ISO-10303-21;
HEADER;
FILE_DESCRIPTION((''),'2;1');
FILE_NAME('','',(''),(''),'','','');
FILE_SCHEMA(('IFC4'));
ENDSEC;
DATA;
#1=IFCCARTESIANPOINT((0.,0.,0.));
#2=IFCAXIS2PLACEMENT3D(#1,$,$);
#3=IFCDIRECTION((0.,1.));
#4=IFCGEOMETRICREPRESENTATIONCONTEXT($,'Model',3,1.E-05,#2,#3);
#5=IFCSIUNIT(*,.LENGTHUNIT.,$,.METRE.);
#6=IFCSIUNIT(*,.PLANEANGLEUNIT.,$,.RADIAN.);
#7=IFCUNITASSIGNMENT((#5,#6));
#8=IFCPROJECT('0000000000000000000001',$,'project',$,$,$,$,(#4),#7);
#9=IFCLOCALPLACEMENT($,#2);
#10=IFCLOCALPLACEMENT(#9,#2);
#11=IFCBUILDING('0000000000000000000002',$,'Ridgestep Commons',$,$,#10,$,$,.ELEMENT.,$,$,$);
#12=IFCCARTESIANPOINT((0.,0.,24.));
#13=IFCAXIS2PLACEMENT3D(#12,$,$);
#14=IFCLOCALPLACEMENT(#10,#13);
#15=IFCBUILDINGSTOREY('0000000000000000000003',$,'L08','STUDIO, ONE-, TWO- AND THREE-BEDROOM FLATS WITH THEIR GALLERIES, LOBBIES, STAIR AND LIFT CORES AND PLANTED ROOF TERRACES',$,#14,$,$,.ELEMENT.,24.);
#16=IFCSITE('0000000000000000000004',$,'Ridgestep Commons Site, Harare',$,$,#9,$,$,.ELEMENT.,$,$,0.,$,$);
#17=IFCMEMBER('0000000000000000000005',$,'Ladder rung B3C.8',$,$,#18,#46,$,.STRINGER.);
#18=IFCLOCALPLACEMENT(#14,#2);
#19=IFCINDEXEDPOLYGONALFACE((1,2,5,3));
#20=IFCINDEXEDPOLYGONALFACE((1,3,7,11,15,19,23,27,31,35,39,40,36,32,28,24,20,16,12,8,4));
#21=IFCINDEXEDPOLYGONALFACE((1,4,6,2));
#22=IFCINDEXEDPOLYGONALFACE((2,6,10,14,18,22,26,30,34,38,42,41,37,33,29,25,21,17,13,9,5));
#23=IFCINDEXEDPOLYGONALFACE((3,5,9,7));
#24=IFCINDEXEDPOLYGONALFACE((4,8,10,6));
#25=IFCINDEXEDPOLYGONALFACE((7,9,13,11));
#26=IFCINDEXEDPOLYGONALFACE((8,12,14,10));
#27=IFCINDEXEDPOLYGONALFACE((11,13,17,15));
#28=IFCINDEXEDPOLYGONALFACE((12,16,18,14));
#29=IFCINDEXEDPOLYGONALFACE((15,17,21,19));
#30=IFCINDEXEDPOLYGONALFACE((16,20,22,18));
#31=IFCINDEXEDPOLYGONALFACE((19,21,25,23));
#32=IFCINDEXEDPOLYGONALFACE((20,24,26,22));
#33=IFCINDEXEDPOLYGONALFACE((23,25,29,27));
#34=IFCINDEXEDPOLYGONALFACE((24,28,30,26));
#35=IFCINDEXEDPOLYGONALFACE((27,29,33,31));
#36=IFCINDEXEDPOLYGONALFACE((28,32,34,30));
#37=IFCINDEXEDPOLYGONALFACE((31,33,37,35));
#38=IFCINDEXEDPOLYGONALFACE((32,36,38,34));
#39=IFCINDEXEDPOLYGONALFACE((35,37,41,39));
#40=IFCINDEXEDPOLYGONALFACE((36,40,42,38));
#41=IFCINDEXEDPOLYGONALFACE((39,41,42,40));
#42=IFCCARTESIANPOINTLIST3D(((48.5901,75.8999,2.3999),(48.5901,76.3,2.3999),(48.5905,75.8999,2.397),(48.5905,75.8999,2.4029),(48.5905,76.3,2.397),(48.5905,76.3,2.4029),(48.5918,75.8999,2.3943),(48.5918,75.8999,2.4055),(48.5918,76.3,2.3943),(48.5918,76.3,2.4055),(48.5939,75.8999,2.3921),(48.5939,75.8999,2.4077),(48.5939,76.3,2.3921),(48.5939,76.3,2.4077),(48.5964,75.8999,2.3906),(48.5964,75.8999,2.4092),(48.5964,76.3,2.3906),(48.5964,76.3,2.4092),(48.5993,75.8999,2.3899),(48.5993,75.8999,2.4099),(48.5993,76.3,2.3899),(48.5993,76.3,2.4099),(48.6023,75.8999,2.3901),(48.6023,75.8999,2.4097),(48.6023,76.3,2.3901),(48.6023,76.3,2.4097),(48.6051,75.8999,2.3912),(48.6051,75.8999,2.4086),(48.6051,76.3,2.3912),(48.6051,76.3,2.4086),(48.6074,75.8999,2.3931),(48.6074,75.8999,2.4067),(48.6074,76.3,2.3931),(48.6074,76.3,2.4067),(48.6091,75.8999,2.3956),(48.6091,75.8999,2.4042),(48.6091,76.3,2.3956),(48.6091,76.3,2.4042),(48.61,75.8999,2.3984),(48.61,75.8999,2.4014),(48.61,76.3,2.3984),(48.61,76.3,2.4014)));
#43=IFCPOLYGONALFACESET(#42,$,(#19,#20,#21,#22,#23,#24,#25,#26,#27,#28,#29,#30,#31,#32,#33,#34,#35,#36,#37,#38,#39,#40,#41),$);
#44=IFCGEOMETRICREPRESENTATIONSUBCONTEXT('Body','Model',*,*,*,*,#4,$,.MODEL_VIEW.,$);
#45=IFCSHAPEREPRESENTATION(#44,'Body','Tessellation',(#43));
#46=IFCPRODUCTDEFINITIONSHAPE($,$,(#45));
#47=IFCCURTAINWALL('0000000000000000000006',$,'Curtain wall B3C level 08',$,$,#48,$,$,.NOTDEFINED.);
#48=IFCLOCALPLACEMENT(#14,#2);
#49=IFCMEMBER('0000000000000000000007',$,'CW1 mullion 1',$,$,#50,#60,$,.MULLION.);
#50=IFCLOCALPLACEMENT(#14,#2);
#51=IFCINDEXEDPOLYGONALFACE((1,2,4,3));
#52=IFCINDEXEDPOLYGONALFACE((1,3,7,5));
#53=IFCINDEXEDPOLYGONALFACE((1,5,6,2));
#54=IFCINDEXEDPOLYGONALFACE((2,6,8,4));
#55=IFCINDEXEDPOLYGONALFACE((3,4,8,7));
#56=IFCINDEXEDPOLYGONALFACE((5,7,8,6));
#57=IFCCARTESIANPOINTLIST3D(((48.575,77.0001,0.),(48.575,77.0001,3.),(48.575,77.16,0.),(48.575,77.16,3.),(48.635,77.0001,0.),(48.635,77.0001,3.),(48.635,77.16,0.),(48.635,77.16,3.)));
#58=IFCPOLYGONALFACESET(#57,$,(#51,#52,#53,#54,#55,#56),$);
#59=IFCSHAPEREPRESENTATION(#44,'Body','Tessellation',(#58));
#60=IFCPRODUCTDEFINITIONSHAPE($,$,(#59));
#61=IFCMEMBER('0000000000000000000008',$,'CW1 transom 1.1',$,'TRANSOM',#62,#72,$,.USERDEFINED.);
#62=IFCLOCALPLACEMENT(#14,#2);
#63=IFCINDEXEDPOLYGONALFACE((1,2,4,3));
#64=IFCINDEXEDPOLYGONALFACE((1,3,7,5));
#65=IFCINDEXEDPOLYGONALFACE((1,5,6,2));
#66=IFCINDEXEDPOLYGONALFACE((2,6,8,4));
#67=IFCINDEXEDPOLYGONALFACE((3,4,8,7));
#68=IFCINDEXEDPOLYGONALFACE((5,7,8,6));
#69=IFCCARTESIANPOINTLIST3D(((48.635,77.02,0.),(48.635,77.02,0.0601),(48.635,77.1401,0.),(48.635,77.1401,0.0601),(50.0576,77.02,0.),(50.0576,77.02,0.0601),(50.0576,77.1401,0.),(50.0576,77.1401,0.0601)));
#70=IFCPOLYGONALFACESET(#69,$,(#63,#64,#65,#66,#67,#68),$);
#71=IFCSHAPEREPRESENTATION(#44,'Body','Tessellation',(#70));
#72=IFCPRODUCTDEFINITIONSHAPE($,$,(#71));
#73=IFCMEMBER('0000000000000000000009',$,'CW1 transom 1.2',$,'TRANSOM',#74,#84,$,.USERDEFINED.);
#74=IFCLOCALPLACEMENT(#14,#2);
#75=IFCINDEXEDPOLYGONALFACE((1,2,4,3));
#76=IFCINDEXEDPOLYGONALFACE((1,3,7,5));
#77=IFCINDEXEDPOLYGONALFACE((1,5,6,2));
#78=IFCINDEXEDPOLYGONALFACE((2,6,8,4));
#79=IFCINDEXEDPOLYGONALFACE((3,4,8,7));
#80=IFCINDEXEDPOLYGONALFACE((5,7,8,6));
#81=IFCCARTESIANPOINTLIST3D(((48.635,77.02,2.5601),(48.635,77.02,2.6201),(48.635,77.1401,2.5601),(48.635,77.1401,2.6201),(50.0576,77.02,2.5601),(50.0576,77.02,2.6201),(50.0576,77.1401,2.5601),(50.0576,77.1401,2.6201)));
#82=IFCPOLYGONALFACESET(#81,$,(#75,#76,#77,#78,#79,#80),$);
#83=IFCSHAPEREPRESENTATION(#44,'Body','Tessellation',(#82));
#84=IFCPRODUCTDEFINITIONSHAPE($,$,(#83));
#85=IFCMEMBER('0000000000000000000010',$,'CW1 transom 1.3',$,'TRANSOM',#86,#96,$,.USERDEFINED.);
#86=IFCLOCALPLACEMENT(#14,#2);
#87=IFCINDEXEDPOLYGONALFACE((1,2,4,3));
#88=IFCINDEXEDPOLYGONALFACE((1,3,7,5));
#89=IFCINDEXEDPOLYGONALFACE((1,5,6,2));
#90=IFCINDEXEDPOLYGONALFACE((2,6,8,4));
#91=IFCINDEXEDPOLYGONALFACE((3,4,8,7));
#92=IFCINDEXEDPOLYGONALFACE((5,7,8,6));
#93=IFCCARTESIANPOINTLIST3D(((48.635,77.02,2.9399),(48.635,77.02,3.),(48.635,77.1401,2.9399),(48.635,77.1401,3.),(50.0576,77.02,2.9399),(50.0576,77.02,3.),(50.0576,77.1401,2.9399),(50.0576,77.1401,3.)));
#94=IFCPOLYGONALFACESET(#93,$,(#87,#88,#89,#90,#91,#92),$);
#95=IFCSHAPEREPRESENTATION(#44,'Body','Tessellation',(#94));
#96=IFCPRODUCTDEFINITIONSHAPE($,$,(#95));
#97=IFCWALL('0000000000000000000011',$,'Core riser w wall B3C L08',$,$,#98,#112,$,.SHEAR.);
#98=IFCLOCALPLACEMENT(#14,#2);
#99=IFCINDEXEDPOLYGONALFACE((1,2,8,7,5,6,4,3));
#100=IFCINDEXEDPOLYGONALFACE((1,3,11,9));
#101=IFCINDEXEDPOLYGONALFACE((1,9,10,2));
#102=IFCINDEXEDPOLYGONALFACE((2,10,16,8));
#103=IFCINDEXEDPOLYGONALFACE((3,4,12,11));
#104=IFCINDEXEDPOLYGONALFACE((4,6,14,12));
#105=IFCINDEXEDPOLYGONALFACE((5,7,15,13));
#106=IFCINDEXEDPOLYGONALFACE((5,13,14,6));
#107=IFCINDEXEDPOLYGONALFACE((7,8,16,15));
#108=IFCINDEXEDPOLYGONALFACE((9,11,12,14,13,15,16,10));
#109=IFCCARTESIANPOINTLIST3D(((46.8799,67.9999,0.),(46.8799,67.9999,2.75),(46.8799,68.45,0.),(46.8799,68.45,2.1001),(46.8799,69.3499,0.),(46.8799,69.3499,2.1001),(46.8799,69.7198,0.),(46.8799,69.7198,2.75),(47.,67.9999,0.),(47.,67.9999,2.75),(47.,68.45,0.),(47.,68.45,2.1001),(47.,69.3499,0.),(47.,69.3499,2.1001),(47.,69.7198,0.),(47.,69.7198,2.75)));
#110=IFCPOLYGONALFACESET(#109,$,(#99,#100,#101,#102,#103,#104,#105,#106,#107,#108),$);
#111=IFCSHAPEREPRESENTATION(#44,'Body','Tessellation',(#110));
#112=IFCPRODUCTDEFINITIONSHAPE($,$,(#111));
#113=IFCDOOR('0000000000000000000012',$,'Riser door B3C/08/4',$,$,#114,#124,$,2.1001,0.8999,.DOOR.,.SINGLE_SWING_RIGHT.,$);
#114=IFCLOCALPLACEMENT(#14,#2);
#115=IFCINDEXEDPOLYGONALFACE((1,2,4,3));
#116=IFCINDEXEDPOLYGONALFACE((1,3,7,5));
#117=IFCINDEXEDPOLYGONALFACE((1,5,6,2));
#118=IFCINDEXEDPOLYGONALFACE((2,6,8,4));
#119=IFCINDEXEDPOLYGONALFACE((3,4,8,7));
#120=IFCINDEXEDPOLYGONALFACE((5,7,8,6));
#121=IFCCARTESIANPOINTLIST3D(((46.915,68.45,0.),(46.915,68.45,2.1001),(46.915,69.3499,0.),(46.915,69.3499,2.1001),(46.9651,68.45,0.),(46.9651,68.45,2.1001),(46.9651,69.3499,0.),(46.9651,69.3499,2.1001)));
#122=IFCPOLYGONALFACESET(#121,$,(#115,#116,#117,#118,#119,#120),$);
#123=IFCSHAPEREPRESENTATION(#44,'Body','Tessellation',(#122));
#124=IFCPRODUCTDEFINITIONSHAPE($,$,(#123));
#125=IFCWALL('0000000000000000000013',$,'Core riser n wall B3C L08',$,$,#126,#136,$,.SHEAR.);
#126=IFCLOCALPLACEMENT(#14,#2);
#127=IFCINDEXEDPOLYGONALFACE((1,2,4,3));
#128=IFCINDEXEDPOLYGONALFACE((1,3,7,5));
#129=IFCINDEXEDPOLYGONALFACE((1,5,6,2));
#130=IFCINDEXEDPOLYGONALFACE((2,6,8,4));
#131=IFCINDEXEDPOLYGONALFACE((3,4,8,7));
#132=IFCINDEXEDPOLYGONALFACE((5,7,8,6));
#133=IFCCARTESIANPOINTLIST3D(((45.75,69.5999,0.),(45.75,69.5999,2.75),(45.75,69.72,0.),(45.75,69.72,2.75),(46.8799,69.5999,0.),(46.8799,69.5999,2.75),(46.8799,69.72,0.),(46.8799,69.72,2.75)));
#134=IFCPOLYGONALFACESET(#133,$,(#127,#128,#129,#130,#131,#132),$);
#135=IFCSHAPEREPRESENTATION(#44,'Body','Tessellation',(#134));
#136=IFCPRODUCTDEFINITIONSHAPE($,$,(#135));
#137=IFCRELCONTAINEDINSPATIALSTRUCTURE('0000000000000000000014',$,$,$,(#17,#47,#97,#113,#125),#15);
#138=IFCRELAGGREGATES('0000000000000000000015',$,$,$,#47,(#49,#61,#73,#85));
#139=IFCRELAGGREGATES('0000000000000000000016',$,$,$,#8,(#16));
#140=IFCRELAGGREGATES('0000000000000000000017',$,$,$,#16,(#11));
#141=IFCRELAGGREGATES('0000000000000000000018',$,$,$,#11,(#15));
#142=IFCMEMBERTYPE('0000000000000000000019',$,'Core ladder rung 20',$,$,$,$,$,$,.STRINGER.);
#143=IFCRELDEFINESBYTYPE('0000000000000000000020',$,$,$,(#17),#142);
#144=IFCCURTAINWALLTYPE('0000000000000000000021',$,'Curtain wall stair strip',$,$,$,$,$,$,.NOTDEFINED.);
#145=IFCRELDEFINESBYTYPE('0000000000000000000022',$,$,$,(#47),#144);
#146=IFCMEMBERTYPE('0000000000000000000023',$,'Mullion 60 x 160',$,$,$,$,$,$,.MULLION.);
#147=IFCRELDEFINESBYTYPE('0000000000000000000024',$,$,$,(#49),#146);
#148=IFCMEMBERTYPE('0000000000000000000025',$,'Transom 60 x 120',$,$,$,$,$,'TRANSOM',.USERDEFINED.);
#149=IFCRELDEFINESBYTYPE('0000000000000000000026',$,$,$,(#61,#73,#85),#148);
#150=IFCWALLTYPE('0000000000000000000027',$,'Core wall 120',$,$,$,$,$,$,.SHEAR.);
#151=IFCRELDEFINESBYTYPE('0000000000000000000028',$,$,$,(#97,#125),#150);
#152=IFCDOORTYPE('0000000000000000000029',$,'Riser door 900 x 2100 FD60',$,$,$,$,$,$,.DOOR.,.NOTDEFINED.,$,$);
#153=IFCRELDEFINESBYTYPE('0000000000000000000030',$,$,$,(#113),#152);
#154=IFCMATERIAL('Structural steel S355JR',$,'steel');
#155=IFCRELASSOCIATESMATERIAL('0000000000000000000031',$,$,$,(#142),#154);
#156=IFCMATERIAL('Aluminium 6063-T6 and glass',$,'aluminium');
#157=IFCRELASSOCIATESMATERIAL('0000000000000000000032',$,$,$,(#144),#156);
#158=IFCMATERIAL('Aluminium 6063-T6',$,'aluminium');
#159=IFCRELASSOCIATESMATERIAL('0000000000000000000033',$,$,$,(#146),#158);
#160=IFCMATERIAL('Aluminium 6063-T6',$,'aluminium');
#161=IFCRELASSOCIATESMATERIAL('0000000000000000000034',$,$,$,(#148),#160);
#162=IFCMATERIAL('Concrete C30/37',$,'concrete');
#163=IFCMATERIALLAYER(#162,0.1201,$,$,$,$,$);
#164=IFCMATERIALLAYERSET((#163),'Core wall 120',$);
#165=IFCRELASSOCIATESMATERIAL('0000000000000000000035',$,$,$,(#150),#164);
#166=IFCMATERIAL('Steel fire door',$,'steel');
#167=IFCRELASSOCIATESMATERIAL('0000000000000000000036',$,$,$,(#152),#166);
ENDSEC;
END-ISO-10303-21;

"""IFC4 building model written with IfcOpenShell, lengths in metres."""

from ifc_helpers import new_model, si_unit, direction, frame, frame_2d, origin, origin_2d, place, context, subcontext, project, spatial, rectangle, circle, extrude, material, layer, layer_set, material_profile, profile_set, type_object, element, fill, aggregate, save


model = new_model("IFC4")

# Units and contexts
model_context = context("Model", 3, precision=1e-05, world=origin(), true_north=direction((0.0, 1.0)))
body_context = subcontext(model_context, "Body", "Model", "MODEL_VIEW")
ifc_project = project(units=[si_unit("LENGTHUNIT", "METRE"), si_unit("PLANEANGLEUNIT", "RADIAN")], contexts=[model_context])

# Site, building, storey
site_placement = place(None, origin())
site = spatial("IfcSite", under=ifc_project, at=site_placement, Name="Ridgestep Commons Site, Harare", CompositionType="ELEMENT", RefElevation=0.0)
building_placement = place(site_placement, origin())
building = spatial("IfcBuilding", under=site, at=building_placement, Name="Ridgestep Commons", CompositionType="ELEMENT")
storey_placement = place(building_placement, frame((0.0, 0.0, 24.0)))
storey = spatial("IfcBuildingStorey", under=building, at=storey_placement, Name="L08", Description="STUDIO, ONE-, TWO- AND THREE-BEDROOM FLATS WITH THEIR GALLERIES, LOBBIES, STAIR AND LIFT CORES AND PLANTED ROOF TERRACES", CompositionType="ELEMENT", Elevation=24.0)

# Member
ifc_material_1 = material(Name="Structural steel S355JR", Category="steel")
ifc_material_profile_1 = material_profile(ifc_material_1, circle(Radius=0.01, at=origin_2d()), Name="Round bar 20")
ifc_profile_set_1 = profile_set([ifc_material_profile_1], Name="Structural steel S355JR")
member_type_1 = type_object("IfcMemberType", Name="Core ladder rung 20", PredefinedType="STRINGER", material=ifc_profile_set_1)
for number, where, z_axis, x_axis, name in (
    (1, (48.6001, 75.8999, 2.3999), (0.0, 1.0, 0.0), (-1.0, 0.0, 0.0), "Ladder rung B3C.8"),
):
    element("IfcMember", number, at=place(storey_placement, frame(where, z_axis=z_axis, x_axis=x_axis)), inside=storey, type_object=member_type_1, Name=name, PredefinedType="STRINGER", context=body_context, shape_type="SweptSolid", body=[
        extrude(circle(Radius=0.01, at=origin_2d()), origin(), (0.0, 0.0, 1.0), 0.4001),
    ])

# Curtain wall, members
ifc_material_2 = material(Name="Aluminium 6063-T6 and glass", Category="aluminium")
curtain_wall_type = type_object("IfcCurtainWallType", Name="Curtain wall stair strip", PredefinedType="NOTDEFINED", material=ifc_material_2)
curtain_wall_placement = place(storey_placement, origin())
curtain_wall = element("IfcCurtainWall", 2, at=curtain_wall_placement, inside=storey, type_object=curtain_wall_type, Name="Curtain wall B3C level 08", PredefinedType="NOTDEFINED")
ifc_material_3 = material(Name="Aluminium 6063-T6", Category="aluminium")
ifc_material_profile_2 = material_profile(ifc_material_3, rectangle(XDim=0.1599, YDim=0.0601, at=origin_2d()), Name="Mullion 60 x 160")
ifc_profile_set_2 = profile_set([ifc_material_profile_2], Name="Aluminium 6063-T6")
member_type_2 = type_object("IfcMemberType", Name="Mullion 60 x 160", PredefinedType="MULLION", material=ifc_profile_set_2)
member_1_placement = place(storey_placement, frame((48.605, 77.0801, 0.0), z_axis=(0.0, 0.0, 1.0), x_axis=(0.0, 1.0, 0.0)))
member_1 = element("IfcMember", 3, at=member_1_placement, type_object=member_type_2, Name="CW1 mullion 1", PredefinedType="MULLION", context=body_context, shape_type="SweptSolid", body=[
    extrude(rectangle(XDim=0.1599, YDim=0.0601, at=origin_2d()), origin(), (0.0, 0.0, 1.0), 3.0),
])
ifc_material_4 = material(Name="Aluminium 6063-T6", Category="aluminium")
ifc_material_profile_3 = material_profile(ifc_material_4, rectangle(XDim=0.1201, YDim=0.0601, at=origin_2d()), Name="Transom 60 x 120")
ifc_profile_set_3 = profile_set([ifc_material_profile_3], Name="Aluminium 6063-T6")
member_type_3 = type_object("IfcMemberType", Name="Transom 60 x 120", ElementType="TRANSOM", PredefinedType="USERDEFINED", material=ifc_profile_set_3)
member_2_placement = place(storey_placement, frame((48.635, 77.0801, 0.03), z_axis=(1.0, 0.0, 0.0), x_axis=(0.0, 1.0, 0.0)))
member_2 = element("IfcMember", 4, at=member_2_placement, type_object=member_type_3, Name="CW1 transom 1.1", ObjectType="TRANSOM", PredefinedType="USERDEFINED", context=body_context, shape_type="SweptSolid", body=[
    extrude(rectangle(XDim=0.1201, YDim=0.0601, at=origin_2d()), origin(), (0.0, 0.0, 1.0), 1.4226),
])
member_3_placement = place(storey_placement, frame((48.635, 77.0801, 2.5901), z_axis=(1.0, 0.0, 0.0), x_axis=(0.0, 1.0, 0.0)))
member_3 = element("IfcMember", 5, at=member_3_placement, type_object=member_type_3, Name="CW1 transom 1.2", ObjectType="TRANSOM", PredefinedType="USERDEFINED", context=body_context, shape_type="SweptSolid", body=[
    extrude(rectangle(XDim=0.1201, YDim=0.0601, at=origin_2d()), origin(), (0.0, 0.0, 1.0), 1.4226),
])
member_4_placement = place(storey_placement, frame((48.635, 77.0801, 2.97), z_axis=(1.0, 0.0, 0.0), x_axis=(0.0, 1.0, 0.0)))
member_4 = element("IfcMember", 6, at=member_4_placement, type_object=member_type_3, Name="CW1 transom 1.3", ObjectType="TRANSOM", PredefinedType="USERDEFINED", context=body_context, shape_type="SweptSolid", body=[
    extrude(rectangle(XDim=0.1201, YDim=0.0601, at=origin_2d()), origin(), (0.0, 0.0, 1.0), 1.4226),
])
aggregate(curtain_wall, [member_1, member_2, member_3, member_4])

# Wall, opening, door
ifc_material_5 = material(Name="Concrete C30/37", Category="concrete")
ifc_layer_1 = layer(ifc_material_5, 0.1201)
ifc_layer_set_1 = layer_set([ifc_layer_1], Name="Core wall 120")
wall_type_1 = type_object("IfcWallType", Name="Core wall 120", PredefinedType="SHEAR", material=ifc_layer_set_1)
wall_1_placement = place(storey_placement, frame((46.9399, 68.0, 0.0), z_axis=(0.0, 0.0, 1.0), x_axis=(0.0, 1.0, 0.0)))
wall_1 = element("IfcWall", 7, at=wall_1_placement, inside=storey, type_object=wall_type_1, Name="Core riser w wall B3C L08", PredefinedType="SHEAR", context=body_context, shape_type="SweptSolid", body=[
    extrude(rectangle(XDim=1.72, YDim=0.1201, at=frame_2d((0.8599, 0.0))), origin(), (0.0, 0.0, 1.0), 2.75),
])
opening_1_placement = place(wall_1_placement, frame((0.45, 0.0, 0.0)))
opening_1 = element("IfcOpeningElement", 8, at=opening_1_placement, cuts=wall_1, PredefinedType="OPENING", context=body_context, shape_type="SweptSolid", body=[
    extrude(rectangle(XDim=0.8999, YDim=2.1001, at=frame_2d((0.45, 1.05))), frame((0.0, 0.0701, 0.0), z_axis=(0.0, -1.0, 0.0), x_axis=(1.0, 0.0, 0.0)), (0.0, 0.0, 1.0), 0.1401),
])
ifc_material_6 = material(Name="Steel fire door", Category="steel")
door_type_1 = type_object("IfcDoorType", Name="Riser door 900 x 2100 FD60", OperationType="NOTDEFINED", PredefinedType="DOOR", material=ifc_material_6)
door_1_placement = place(opening_1_placement, origin())
door_1 = element("IfcDoor", 9, at=door_1_placement, inside=storey, type_object=door_type_1, Name="Riser door B3C/08/4", OperationType="SINGLE_SWING_RIGHT", OverallHeight=2.1001, OverallWidth=0.8999, PredefinedType="DOOR", context=body_context, shape_type="SweptSolid", body=[
    extrude(rectangle(XDim=0.8999, YDim=2.1001, at=frame_2d((0.45, 1.05))), frame((0.0, 0.0249, 0.0), z_axis=(0.0, -1.0, 0.0), x_axis=(1.0, 0.0, 0.0)), (0.0, 0.0, 1.0), 0.05),
])
fill(opening_1, door_1)

# Wall
wall_2_placement = place(storey_placement, frame((45.75, 69.6599, 0.0), z_axis=(0.0, 0.0, 1.0), x_axis=(1.0, 0.0, 0.0)))
element("IfcWall", 10, at=wall_2_placement, inside=storey, type_object=wall_type_1, Name="Core riser n wall B3C L08", PredefinedType="SHEAR", context=body_context, shape_type="SweptSolid", body=[
    extrude(rectangle(XDim=1.1299, YDim=0.1201, at=frame_2d((0.5649, 0.0))), origin(), (0.0, 0.0, 1.0), 2.75),
])

save(model, "model.ifc")
